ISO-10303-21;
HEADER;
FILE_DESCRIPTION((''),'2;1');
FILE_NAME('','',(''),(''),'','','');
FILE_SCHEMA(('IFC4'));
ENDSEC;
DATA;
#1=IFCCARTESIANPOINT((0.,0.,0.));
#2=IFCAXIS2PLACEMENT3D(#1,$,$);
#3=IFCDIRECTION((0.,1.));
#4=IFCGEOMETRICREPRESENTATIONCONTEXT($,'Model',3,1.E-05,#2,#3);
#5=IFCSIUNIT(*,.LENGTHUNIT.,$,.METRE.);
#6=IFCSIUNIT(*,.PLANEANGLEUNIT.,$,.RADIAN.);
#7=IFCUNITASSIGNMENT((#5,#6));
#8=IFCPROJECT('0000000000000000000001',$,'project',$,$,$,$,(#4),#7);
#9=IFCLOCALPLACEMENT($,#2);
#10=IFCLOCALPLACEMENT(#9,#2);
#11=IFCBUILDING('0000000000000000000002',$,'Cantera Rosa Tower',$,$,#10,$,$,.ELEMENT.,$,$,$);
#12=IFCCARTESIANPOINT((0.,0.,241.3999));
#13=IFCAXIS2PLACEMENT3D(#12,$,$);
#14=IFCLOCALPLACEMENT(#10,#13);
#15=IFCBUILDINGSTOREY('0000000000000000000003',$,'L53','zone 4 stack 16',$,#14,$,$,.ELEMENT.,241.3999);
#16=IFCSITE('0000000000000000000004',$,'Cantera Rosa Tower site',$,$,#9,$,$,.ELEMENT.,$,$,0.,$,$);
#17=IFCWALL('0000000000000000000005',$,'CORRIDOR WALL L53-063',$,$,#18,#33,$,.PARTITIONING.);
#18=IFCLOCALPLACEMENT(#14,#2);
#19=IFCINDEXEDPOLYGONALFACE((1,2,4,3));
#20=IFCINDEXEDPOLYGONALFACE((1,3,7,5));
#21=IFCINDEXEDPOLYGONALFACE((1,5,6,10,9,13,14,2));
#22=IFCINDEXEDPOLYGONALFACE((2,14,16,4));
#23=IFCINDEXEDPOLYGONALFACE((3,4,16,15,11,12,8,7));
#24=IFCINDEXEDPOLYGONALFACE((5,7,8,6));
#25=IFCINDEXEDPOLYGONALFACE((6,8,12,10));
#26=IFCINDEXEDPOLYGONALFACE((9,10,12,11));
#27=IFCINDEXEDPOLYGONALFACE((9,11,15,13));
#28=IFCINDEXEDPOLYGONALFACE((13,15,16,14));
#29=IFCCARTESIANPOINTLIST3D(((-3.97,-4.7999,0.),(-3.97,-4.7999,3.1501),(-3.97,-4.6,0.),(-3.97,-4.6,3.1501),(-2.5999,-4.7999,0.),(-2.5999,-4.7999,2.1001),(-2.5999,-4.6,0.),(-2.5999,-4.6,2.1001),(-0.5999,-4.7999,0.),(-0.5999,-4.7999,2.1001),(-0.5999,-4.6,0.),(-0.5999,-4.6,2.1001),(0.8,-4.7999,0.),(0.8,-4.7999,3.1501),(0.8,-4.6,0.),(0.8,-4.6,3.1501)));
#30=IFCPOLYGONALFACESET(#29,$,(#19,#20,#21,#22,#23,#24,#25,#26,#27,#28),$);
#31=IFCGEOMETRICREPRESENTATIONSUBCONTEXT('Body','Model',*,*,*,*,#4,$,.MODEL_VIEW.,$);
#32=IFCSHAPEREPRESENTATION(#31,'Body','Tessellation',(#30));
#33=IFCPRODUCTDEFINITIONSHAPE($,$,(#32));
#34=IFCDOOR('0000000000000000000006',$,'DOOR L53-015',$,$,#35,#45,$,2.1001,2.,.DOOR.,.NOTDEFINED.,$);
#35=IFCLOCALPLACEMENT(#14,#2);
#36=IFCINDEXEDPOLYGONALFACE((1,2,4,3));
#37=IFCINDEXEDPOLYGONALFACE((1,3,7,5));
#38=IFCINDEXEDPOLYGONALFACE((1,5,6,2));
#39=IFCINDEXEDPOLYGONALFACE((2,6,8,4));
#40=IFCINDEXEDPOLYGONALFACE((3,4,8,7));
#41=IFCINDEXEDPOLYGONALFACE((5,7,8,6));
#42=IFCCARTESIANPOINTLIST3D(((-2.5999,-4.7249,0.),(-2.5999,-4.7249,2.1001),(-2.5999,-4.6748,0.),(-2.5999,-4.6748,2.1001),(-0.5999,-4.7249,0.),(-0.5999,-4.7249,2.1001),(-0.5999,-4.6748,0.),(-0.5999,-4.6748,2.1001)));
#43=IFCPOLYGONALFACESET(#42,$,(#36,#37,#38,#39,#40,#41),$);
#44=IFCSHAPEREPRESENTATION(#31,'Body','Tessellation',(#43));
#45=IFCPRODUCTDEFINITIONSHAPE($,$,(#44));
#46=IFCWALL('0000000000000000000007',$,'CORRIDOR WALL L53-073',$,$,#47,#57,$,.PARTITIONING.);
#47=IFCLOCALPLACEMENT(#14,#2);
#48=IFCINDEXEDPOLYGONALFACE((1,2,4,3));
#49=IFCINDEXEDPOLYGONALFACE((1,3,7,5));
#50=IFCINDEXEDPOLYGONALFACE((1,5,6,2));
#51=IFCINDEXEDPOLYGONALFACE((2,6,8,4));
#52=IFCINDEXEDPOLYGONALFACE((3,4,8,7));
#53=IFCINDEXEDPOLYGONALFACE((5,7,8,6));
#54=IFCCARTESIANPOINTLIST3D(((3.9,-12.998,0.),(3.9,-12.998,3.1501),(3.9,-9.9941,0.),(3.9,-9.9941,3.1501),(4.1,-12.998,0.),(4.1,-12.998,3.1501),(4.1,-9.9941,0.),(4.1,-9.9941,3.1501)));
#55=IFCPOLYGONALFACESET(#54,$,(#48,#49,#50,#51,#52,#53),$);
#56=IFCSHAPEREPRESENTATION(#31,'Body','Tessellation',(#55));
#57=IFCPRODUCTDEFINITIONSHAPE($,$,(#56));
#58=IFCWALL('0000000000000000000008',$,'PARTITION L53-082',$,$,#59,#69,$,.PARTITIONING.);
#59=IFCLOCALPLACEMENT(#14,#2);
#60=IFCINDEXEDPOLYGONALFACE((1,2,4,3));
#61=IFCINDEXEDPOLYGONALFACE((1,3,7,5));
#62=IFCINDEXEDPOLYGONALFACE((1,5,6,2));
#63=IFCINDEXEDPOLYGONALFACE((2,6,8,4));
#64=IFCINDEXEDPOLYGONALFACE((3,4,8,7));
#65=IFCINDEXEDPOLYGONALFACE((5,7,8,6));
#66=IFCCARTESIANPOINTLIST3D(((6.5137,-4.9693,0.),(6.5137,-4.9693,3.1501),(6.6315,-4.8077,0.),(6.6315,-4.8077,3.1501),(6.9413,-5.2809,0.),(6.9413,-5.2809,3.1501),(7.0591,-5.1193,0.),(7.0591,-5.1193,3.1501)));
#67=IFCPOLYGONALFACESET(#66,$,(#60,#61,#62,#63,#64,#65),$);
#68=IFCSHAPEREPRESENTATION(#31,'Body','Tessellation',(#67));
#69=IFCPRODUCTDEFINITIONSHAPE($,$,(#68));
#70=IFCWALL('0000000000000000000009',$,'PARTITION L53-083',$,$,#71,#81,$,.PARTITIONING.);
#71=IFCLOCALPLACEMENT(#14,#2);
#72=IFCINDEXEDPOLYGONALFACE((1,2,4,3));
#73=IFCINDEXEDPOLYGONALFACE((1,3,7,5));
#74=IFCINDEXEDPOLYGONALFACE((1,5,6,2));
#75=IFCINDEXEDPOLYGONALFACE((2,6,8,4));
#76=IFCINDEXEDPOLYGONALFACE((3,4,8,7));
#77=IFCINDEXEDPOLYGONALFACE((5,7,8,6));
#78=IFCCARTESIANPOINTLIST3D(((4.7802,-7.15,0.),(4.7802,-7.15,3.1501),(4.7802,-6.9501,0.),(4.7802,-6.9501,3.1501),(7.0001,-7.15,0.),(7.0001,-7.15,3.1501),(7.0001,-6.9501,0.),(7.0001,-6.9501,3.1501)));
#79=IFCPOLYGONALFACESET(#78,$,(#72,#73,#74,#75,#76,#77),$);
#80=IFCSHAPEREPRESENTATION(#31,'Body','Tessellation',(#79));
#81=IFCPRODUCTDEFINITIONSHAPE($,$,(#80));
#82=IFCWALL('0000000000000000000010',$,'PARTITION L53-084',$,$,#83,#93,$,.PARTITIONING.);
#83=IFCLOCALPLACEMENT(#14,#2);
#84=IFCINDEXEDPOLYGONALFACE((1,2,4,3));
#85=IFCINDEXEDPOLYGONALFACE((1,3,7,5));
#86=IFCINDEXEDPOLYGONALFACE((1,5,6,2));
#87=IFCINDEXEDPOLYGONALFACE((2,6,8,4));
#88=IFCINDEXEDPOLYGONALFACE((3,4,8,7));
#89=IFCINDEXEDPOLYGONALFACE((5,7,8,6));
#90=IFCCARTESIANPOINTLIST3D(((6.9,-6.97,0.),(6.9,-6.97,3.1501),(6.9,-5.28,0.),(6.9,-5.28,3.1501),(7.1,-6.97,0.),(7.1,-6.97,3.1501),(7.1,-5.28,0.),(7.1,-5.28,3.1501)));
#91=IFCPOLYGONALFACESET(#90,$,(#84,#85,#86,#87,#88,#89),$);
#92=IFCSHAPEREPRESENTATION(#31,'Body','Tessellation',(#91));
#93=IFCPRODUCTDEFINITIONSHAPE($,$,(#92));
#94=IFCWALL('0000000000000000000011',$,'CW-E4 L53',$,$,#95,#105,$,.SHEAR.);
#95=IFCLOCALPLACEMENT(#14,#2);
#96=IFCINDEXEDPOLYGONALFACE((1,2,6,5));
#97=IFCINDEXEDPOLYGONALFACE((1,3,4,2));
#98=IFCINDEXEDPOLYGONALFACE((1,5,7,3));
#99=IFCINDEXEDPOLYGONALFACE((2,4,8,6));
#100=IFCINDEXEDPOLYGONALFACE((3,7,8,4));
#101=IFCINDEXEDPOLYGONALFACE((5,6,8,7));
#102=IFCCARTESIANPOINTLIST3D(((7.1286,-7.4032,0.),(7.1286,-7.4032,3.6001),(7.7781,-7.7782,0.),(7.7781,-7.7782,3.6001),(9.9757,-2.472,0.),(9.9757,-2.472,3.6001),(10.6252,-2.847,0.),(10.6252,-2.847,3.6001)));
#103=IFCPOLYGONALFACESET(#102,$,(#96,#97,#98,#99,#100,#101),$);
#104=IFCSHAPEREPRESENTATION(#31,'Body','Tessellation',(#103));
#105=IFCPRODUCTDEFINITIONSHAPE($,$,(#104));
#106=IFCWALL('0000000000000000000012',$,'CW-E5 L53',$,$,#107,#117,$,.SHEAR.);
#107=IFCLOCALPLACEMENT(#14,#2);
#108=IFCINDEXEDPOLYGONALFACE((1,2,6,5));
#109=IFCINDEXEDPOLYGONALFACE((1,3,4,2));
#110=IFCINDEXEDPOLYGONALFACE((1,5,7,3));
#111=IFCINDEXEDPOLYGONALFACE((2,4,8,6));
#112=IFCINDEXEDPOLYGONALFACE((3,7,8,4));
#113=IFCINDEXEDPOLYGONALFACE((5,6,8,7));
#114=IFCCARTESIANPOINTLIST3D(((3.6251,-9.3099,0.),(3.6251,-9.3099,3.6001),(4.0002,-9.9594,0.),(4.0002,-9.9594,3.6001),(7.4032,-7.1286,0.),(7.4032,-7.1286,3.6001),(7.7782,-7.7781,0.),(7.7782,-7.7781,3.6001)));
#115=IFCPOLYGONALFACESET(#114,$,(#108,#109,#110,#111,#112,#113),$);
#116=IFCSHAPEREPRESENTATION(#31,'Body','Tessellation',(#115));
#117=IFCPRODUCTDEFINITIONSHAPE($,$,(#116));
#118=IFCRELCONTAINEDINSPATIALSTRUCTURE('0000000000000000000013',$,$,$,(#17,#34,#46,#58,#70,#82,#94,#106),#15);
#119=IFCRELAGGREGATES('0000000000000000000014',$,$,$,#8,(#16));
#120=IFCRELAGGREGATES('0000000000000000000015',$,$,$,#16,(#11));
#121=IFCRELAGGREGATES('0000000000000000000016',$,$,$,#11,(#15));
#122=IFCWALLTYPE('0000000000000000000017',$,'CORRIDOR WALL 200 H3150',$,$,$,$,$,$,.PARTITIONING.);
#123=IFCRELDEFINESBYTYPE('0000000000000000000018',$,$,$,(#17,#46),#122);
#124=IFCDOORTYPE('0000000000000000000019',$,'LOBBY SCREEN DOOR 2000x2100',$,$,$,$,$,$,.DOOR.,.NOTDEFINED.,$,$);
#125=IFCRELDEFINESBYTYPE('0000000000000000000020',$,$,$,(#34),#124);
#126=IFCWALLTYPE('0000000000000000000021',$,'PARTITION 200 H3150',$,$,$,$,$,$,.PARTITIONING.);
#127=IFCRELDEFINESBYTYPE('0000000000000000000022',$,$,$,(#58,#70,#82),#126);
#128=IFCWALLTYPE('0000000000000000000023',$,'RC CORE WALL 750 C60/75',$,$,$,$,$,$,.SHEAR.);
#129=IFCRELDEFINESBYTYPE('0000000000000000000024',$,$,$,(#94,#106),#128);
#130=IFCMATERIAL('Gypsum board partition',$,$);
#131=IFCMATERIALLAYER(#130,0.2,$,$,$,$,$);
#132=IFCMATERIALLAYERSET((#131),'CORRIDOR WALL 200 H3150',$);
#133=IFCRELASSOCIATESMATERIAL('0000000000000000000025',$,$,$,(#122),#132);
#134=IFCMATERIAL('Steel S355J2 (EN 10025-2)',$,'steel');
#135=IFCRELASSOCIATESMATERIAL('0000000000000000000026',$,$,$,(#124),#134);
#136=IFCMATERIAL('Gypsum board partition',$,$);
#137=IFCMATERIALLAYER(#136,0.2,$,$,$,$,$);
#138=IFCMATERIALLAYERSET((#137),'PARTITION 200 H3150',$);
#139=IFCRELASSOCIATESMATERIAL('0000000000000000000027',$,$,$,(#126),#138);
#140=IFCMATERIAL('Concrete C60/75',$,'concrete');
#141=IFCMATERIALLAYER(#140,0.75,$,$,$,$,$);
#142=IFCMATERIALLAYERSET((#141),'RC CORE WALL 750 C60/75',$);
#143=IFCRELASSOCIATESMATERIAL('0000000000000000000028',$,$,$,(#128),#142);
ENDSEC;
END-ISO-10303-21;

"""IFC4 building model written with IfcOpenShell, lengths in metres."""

from ifc_helpers import new_model, si_unit, direction, frame, frame_2d, origin, place, context, subcontext, project, spatial, rectangle, extrude, material, layer, layer_set, type_object, element, fill, save


model = new_model("IFC4")

# Units and contexts
model_context = context("Model", 3, precision=1e-05, world=origin(), true_north=direction((0.0, 1.0)))
body_context = subcontext(model_context, "Body", "Model", "MODEL_VIEW")
ifc_project = project(units=[si_unit("LENGTHUNIT", "METRE"), si_unit("PLANEANGLEUNIT", "RADIAN")], contexts=[model_context])

# Site, building, storey
site_placement = place(None, origin())
site = spatial("IfcSite", under=ifc_project, at=site_placement, Name="Cantera Rosa Tower site", CompositionType="ELEMENT", RefElevation=0.0)
building_placement = place(site_placement, origin())
building = spatial("IfcBuilding", under=site, at=building_placement, Name="Cantera Rosa Tower", CompositionType="ELEMENT")
storey_placement = place(building_placement, frame((0.0, 0.0, 241.3999)))
storey = spatial("IfcBuildingStorey", under=building, at=storey_placement, Name="L53", Description="zone 4 stack 16", CompositionType="ELEMENT", Elevation=241.3999)

# Wall, opening, door
ifc_material_1 = material(Name="Gypsum board partition")
ifc_layer_1 = layer(ifc_material_1, 0.2)
ifc_layer_set_1 = layer_set([ifc_layer_1], Name="CORRIDOR WALL 200 H3150")
wall_type_1 = type_object("IfcWallType", Name="CORRIDOR WALL 200 H3150", PredefinedType="PARTITIONING", material=ifc_layer_set_1)
wall_1_placement = place(storey_placement, frame((0.8, -4.7, 0.0), z_axis=(0.0, 0.0, 1.0), x_axis=(-1.0, 0.0, 0.0)))
wall_1 = element("IfcWall", 1, at=wall_1_placement, inside=storey, type_object=wall_type_1, Name="CORRIDOR WALL L53-063", PredefinedType="PARTITIONING", context=body_context, shape_type="SweptSolid", body=[
    extrude(rectangle(XDim=4.77, YDim=0.2, at=frame_2d((2.385, 0.0))), origin(), (0.0, 0.0, 1.0), 3.1501),
])
opening_1_placement = place(wall_1_placement, frame((1.3999, 0.0, 0.0)))
opening_1 = element("IfcOpeningElement", 2, at=opening_1_placement, cuts=wall_1, PredefinedType="OPENING", context=body_context, shape_type="SweptSolid", body=[
    extrude(rectangle(XDim=2.0, YDim=2.1001, at=frame_2d((1.0, 1.05))), frame((0.0, 0.1099, 0.0), z_axis=(0.0, -1.0, 0.0), x_axis=(1.0, 0.0, 0.0)), (0.0, 0.0, 1.0), 0.22),
])
ifc_material_2 = material(Name="Steel S355J2 (EN 10025-2)", Category="steel")
door_type_1 = type_object("IfcDoorType", Name="LOBBY SCREEN DOOR 2000x2100", OperationType="NOTDEFINED", PredefinedType="DOOR", material=ifc_material_2)
door_1_placement = place(opening_1_placement, origin())
door_1 = element("IfcDoor", 3, at=door_1_placement, inside=storey, type_object=door_type_1, Name="DOOR L53-015", OperationType="NOTDEFINED", OverallHeight=2.1001, OverallWidth=2.0, PredefinedType="DOOR", context=body_context, shape_type="SweptSolid", body=[
    extrude(rectangle(XDim=2.0, YDim=2.1001, at=frame_2d((1.0, 1.05))), frame((0.0, 0.0249, 0.0), z_axis=(0.0, -1.0, 0.0), x_axis=(1.0, 0.0, 0.0)), (0.0, 0.0, 1.0), 0.05),
])
fill(opening_1, door_1)

# Walls
wall_2_placement = place(storey_placement, frame((4.0, -12.998, 0.0), z_axis=(0.0, 0.0, 1.0), x_axis=(0.0, 1.0, 0.0)))
element("IfcWall", 4, at=wall_2_placement, inside=storey, type_object=wall_type_1, Name="CORRIDOR WALL L53-073", PredefinedType="PARTITIONING", context=body_context, shape_type="SweptSolid", body=[
    extrude(rectangle(XDim=3.0039, YDim=0.2, at=frame_2d((1.502, 0.0))), origin(), (0.0, 0.0, 1.0), 3.1501),
])
ifc_material_3 = material(Name="Gypsum board partition")
ifc_layer_2 = layer(ifc_material_3, 0.2)
ifc_layer_set_2 = layer_set([ifc_layer_2], Name="PARTITION 200 H3150")
wall_type_2 = type_object("IfcWallType", Name="PARTITION 200 H3150", PredefinedType="PARTITIONING", material=ifc_layer_set_2)
wall_3_placement = place(storey_placement, frame((6.5725, -4.8884, 0.0), z_axis=(0.0, 0.0, 1.0), x_axis=(0.808177, -0.58894, 0.0)))
element("IfcWall", 5, at=wall_3_placement, inside=storey, type_object=wall_type_2, Name="PARTITION L53-082", PredefinedType="PARTITIONING", context=body_context, shape_type="SweptSolid", body=[
    extrude(rectangle(XDim=0.5291, YDim=0.2, at=frame_2d((0.2646, 0.0))), origin(), (0.0, 0.0, 1.0), 3.1501),
])
wall_4_placement = place(storey_placement, frame((7.0, -7.05, 0.0), z_axis=(0.0, 0.0, 1.0), x_axis=(-1.0, 0.0, 0.0)))
element("IfcWall", 6, at=wall_4_placement, inside=storey, type_object=wall_type_2, Name="PARTITION L53-083", PredefinedType="PARTITIONING", context=body_context, shape_type="SweptSolid", body=[
    extrude(rectangle(XDim=2.22, YDim=0.2, at=frame_2d((1.1099, 0.0))), origin(), (0.0, 0.0, 1.0), 3.1501),
])
wall_5_placement = place(storey_placement, frame((7.0, -5.28, 0.0), z_axis=(0.0, 0.0, 1.0), x_axis=(0.0, -1.0, 0.0)))
element("IfcWall", 7, at=wall_5_placement, inside=storey, type_object=wall_type_2, Name="PARTITION L53-084", PredefinedType="PARTITIONING", context=body_context, shape_type="SweptSolid", body=[
    extrude(rectangle(XDim=1.6899, YDim=0.2, at=frame_2d((0.845, 0.0))), origin(), (0.0, 0.0, 1.0), 3.1501),
])
ifc_material_4 = material(Name="Concrete C60/75", Category="concrete")
ifc_layer_3 = layer(ifc_material_4, 0.75)
ifc_layer_set_3 = layer_set([ifc_layer_3], Name="RC CORE WALL 750 C60/75")
wall_type_3 = type_object("IfcWallType", Name="RC CORE WALL 750 C60/75", PredefinedType="SHEAR", material=ifc_layer_set_3)
wall_6_placement = place(storey_placement, frame((10.3005, -2.6594, 0.0), z_axis=(0.0, 0.0, 1.0), x_axis=(-0.500022, -0.866013, 0.0)))
element("IfcWall", 8, at=wall_6_placement, inside=storey, type_object=wall_type_3, Name="CW-E4 L53", PredefinedType="SHEAR", context=body_context, shape_type="SweptSolid", body=[
    extrude(rectangle(XDim=5.6941, YDim=0.75, at=frame_2d((2.8472, 0.0))), origin(), (0.0, 0.0, 1.0), 3.6001),
])
wall_7_placement = place(storey_placement, frame((7.5906, -7.4534, 0.0), z_axis=(0.0, 0.0, 1.0), x_axis=(-0.866013, -0.500021, 0.0)))
element("IfcWall", 9, at=wall_7_placement, inside=storey, type_object=wall_type_3, Name="CW-E5 L53", PredefinedType="SHEAR", context=body_context, shape_type="SweptSolid", body=[
    extrude(rectangle(XDim=4.3625, YDim=0.75, at=frame_2d((2.1812, 0.0))), origin(), (0.0, 0.0, 1.0), 3.6001),
])

save(model, "model.ifc")
